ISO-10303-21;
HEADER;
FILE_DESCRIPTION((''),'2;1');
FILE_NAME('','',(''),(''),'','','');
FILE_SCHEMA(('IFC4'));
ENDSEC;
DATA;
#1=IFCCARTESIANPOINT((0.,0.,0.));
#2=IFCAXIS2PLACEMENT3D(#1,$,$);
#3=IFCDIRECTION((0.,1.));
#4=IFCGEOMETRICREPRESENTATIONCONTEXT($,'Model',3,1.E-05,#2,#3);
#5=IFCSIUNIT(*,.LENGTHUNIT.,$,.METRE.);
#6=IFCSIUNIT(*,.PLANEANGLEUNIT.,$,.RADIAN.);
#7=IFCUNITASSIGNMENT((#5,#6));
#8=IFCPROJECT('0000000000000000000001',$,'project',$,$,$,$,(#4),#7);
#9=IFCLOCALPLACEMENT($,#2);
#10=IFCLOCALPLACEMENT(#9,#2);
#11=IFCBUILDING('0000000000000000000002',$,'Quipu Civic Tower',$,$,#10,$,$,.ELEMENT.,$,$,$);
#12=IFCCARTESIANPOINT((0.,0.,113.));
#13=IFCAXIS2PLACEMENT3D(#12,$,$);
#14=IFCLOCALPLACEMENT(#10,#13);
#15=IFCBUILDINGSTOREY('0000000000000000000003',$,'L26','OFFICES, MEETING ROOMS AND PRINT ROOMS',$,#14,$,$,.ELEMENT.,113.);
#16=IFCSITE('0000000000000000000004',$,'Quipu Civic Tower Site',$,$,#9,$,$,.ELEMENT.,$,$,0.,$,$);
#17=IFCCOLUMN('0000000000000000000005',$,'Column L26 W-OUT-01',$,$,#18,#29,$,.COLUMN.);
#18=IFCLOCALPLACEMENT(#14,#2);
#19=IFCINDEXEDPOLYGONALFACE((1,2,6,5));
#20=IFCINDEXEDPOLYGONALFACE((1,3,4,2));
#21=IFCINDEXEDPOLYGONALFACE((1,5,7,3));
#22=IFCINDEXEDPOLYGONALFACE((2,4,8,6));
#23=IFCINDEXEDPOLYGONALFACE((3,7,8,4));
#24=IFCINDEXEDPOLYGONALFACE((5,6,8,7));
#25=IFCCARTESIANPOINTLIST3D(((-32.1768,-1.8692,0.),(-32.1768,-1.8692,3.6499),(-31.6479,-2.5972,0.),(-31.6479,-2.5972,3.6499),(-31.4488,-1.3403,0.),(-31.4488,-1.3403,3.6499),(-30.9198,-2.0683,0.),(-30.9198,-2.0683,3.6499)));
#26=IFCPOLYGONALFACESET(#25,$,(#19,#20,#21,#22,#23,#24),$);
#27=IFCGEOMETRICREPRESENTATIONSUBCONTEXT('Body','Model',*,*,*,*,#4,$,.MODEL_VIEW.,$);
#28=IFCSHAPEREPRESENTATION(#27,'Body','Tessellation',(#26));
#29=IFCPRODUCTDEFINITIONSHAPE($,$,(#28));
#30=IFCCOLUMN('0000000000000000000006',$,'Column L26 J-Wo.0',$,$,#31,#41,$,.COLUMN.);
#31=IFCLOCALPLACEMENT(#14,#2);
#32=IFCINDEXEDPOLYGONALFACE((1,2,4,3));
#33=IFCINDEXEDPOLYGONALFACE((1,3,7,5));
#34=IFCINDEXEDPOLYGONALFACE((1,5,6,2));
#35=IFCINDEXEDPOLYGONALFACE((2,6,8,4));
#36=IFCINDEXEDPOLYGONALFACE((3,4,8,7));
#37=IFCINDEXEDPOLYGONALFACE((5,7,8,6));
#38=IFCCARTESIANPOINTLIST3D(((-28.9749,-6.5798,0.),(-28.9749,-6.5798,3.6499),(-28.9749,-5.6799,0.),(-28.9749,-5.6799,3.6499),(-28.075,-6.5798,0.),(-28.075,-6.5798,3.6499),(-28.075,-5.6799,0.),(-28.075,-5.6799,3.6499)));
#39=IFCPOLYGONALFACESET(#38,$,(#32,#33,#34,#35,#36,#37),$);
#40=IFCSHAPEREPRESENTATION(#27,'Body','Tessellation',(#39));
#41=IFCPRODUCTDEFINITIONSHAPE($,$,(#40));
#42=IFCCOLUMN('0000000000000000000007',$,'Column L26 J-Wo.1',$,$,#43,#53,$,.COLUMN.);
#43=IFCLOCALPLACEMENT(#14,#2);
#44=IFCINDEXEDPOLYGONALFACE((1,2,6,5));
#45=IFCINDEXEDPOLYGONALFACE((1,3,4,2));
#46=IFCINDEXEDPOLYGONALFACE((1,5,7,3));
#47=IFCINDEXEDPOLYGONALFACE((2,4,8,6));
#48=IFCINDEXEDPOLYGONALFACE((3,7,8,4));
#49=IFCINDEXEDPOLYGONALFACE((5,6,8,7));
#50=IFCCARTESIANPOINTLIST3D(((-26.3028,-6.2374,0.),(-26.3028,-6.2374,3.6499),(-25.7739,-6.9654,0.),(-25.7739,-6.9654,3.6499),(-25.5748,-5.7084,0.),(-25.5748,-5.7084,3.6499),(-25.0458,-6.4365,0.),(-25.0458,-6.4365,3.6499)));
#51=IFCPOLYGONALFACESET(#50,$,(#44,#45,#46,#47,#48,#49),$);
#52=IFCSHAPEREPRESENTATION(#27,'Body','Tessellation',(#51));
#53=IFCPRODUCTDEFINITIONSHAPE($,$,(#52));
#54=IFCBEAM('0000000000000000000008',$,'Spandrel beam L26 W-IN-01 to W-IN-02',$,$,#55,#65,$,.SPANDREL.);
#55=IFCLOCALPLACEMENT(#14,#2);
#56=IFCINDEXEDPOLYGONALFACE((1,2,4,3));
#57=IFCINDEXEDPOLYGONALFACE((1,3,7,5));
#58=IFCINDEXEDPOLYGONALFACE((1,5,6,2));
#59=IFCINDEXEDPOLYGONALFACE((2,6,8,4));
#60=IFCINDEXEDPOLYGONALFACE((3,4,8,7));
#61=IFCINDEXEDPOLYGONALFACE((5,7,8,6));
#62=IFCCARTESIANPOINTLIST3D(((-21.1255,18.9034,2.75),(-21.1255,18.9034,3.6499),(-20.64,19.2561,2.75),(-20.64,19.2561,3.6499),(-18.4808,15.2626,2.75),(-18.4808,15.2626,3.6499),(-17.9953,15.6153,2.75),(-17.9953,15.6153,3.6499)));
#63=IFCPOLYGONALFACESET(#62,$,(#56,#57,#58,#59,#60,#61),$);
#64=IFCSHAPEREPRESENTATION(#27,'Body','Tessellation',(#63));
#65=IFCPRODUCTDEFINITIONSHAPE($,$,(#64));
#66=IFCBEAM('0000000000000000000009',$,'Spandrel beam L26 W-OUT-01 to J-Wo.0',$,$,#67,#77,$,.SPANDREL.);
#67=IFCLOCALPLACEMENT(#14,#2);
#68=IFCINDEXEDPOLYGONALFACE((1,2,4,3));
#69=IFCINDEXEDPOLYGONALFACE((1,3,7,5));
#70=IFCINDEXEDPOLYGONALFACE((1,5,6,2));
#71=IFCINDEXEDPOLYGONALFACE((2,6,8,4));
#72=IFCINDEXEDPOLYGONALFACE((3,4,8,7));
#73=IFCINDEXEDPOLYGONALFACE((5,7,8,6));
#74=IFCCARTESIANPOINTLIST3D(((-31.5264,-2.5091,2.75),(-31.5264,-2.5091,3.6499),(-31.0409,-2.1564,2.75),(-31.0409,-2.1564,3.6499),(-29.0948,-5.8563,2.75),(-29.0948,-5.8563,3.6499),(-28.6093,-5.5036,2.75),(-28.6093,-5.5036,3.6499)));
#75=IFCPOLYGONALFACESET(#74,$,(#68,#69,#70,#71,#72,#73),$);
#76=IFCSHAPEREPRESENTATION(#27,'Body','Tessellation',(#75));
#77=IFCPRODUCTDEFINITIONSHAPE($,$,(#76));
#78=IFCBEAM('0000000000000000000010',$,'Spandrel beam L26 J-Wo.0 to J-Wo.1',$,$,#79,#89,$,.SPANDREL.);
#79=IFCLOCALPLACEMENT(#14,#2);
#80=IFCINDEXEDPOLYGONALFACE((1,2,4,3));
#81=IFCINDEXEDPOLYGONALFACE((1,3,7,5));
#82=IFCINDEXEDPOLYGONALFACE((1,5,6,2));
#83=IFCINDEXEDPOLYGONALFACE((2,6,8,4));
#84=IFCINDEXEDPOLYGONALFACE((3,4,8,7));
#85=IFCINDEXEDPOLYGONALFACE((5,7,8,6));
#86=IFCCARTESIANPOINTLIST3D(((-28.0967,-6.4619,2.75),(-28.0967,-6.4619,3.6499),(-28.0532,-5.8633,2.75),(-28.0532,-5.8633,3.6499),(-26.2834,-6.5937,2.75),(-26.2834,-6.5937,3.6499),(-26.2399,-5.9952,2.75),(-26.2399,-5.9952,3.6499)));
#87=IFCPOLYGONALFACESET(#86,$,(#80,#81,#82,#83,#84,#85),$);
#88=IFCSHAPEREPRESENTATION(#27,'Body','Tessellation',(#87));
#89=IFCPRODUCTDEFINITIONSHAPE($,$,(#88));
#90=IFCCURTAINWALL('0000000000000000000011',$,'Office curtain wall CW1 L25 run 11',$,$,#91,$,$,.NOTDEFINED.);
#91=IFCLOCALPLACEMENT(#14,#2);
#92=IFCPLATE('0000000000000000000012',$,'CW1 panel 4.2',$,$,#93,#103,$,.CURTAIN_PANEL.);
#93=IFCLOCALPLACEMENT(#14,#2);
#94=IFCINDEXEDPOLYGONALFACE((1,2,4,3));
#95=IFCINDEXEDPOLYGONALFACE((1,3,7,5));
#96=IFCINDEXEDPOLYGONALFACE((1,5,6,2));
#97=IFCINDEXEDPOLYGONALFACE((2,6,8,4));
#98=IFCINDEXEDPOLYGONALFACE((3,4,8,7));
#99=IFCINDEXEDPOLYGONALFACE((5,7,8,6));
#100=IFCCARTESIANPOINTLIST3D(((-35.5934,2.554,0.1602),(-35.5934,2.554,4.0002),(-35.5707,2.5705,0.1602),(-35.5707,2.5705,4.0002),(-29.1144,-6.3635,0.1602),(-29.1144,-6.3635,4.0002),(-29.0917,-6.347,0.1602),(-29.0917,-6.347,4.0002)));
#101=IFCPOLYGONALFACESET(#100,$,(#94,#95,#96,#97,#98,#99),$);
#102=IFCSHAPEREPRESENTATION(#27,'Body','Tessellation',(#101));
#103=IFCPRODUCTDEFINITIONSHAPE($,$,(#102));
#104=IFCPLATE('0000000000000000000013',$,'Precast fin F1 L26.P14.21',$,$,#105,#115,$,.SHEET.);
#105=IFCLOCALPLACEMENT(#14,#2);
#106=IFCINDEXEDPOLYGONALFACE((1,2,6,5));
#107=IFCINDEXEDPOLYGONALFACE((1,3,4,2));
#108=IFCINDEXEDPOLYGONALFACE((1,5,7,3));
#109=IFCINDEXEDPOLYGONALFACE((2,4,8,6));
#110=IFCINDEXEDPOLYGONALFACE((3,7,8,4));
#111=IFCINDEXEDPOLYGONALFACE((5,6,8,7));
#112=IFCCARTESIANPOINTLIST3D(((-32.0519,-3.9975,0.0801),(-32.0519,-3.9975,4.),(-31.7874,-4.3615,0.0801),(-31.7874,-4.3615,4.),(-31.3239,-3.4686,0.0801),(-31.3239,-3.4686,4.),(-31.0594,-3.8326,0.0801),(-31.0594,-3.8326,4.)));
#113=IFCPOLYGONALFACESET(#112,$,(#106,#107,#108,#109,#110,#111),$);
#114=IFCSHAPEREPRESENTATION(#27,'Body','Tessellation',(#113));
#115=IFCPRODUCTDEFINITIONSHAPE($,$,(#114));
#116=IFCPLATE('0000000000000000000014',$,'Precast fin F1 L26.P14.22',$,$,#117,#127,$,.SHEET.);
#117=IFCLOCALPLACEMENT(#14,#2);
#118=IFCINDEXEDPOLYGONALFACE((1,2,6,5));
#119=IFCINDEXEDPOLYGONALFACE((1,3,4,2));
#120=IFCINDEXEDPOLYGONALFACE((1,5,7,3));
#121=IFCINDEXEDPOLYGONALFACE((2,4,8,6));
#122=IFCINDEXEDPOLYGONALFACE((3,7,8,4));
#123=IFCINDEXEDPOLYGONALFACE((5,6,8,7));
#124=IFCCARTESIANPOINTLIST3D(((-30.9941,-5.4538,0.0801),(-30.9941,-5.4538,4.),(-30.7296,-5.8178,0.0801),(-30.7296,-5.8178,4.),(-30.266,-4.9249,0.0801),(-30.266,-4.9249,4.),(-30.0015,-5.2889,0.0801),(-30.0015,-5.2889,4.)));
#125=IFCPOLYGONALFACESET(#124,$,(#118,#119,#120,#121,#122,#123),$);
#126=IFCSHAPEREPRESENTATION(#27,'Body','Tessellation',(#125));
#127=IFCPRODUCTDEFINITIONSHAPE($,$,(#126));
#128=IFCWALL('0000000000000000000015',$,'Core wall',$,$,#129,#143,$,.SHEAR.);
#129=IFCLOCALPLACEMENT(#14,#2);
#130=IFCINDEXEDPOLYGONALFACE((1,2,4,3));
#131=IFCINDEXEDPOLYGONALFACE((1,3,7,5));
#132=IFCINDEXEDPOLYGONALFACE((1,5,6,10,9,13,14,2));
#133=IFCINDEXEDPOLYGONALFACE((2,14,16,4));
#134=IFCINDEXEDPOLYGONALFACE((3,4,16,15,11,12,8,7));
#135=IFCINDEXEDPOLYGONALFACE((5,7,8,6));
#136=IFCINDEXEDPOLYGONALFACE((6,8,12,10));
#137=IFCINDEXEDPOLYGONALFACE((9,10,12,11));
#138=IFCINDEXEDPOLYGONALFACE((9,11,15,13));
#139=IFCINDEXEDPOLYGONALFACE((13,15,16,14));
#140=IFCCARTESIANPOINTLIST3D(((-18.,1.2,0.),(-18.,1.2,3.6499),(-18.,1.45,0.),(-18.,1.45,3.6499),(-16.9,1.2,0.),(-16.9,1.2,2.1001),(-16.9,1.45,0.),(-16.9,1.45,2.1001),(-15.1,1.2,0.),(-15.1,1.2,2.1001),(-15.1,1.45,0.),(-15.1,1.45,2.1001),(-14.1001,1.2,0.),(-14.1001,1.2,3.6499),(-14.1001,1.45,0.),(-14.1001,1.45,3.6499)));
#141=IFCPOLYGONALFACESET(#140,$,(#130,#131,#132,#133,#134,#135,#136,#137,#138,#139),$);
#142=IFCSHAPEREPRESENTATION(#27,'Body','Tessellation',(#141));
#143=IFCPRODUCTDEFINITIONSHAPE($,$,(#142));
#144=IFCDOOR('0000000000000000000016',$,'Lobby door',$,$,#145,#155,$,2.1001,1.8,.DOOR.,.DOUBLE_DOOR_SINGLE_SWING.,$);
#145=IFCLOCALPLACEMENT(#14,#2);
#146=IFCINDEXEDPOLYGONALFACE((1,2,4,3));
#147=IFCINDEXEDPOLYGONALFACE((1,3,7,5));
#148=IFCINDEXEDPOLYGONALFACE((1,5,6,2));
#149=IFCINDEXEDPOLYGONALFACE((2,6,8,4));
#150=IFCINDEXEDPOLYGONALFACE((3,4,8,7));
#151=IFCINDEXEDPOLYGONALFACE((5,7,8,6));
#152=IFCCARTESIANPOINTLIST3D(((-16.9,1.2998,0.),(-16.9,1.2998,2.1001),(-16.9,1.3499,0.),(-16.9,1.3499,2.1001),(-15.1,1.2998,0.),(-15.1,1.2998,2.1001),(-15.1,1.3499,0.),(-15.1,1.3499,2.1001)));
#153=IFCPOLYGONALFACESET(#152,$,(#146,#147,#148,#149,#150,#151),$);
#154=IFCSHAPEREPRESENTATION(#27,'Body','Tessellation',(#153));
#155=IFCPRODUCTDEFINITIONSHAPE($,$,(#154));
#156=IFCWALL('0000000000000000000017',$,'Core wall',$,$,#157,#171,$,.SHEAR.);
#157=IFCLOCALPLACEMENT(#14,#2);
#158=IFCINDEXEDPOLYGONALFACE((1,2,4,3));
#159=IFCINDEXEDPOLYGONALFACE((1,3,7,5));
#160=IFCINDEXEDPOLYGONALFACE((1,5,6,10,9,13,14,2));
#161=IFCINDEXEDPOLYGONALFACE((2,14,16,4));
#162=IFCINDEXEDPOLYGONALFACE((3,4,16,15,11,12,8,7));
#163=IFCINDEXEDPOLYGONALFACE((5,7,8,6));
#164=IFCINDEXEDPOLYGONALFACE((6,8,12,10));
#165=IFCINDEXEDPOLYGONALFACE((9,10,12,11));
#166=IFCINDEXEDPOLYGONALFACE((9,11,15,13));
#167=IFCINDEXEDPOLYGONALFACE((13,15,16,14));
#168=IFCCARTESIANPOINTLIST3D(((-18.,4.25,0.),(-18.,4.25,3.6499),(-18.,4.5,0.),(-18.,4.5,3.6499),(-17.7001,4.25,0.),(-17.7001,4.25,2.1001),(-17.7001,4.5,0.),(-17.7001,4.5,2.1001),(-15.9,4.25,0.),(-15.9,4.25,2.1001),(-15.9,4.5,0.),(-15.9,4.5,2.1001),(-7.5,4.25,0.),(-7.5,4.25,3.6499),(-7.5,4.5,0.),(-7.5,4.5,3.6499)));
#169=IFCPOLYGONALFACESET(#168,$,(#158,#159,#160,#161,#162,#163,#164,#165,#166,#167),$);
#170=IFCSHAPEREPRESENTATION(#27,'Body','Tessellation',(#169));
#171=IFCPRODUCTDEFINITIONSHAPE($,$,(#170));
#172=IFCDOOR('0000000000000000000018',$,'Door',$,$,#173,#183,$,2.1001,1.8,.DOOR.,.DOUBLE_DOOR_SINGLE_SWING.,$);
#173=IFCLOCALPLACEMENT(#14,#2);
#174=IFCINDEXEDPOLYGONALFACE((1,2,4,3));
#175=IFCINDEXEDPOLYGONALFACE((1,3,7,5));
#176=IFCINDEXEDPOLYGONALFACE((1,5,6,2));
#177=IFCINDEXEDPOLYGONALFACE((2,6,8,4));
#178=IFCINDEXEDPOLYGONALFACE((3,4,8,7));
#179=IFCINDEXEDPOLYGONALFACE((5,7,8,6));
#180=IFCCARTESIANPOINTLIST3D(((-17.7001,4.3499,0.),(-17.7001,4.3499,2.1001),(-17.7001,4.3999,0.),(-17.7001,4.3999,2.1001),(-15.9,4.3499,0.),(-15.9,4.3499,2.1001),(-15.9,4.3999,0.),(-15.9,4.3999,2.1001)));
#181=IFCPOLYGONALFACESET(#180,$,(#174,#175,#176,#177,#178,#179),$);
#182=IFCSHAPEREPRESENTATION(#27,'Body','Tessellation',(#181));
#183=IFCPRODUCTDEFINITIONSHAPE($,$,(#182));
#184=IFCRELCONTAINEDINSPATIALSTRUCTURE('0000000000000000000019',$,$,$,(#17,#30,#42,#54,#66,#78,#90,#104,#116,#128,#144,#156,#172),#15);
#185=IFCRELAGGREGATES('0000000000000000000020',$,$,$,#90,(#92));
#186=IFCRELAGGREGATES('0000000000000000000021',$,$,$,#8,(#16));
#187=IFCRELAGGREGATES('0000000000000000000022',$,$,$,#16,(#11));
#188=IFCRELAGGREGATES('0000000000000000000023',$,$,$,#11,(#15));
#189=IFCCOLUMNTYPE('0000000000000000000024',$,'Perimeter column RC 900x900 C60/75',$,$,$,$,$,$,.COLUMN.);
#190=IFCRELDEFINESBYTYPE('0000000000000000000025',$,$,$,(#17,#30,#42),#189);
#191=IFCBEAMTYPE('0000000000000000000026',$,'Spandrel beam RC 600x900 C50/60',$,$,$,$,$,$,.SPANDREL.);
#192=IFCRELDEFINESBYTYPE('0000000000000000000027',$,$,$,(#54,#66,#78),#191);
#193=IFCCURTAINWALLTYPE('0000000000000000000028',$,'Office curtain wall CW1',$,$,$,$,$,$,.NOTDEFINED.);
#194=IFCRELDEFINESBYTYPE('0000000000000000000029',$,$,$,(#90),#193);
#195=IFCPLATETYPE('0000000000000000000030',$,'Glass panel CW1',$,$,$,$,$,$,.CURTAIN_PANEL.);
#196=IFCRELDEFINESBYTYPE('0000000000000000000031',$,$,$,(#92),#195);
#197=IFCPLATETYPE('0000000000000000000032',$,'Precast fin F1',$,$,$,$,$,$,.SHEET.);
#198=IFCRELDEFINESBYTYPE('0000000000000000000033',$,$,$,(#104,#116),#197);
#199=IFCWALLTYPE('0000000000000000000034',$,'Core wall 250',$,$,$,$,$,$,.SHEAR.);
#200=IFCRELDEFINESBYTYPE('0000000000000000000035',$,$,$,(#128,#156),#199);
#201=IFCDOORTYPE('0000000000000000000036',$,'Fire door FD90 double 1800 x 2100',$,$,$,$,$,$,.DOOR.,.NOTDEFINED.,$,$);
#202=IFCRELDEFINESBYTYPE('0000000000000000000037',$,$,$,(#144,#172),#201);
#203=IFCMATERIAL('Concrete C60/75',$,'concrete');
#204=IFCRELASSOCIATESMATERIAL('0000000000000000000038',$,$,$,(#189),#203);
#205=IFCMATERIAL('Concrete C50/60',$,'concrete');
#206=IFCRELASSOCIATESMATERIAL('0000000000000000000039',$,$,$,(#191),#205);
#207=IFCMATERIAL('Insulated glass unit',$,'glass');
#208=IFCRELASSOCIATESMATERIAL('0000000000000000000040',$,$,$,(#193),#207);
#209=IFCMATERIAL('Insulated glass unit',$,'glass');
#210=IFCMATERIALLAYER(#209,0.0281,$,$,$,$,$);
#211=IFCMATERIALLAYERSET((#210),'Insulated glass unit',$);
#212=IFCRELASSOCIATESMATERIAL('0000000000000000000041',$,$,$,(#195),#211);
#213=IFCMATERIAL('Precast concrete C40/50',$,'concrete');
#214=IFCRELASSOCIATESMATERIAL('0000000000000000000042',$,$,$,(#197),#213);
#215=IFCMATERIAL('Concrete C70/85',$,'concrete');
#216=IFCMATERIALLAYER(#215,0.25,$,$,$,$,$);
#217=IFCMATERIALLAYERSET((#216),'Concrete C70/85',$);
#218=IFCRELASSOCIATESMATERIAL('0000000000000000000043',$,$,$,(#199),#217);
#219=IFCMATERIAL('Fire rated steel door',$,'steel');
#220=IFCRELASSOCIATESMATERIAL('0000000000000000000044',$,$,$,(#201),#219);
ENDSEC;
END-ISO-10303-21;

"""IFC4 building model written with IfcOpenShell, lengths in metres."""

from ifc_helpers import new_model, si_unit, direction, frame, frame_2d, origin, origin_2d, place, context, subcontext, project, spatial, rectangle, extrude, material, layer, layer_set, material_profile, profile_set, type_object, element, fill, aggregate, save


model = new_model("IFC4")

# Units and contexts
model_context = context("Model", 3, precision=1e-05, world=origin(), true_north=direction((0.0, 1.0)))
body_context = subcontext(model_context, "Body", "Model", "MODEL_VIEW")
ifc_project = project(units=[si_unit("LENGTHUNIT", "METRE"), si_unit("PLANEANGLEUNIT", "RADIAN")], contexts=[model_context])

# Site, building, storey
site_placement = place(None, origin())
site = spatial("IfcSite", under=ifc_project, at=site_placement, Name="Quipu Civic Tower Site", CompositionType="ELEMENT", RefElevation=0.0)
building_placement = place(site_placement, origin())
building = spatial("IfcBuilding", under=site, at=building_placement, Name="Quipu Civic Tower", CompositionType="ELEMENT")
storey_placement = place(building_placement, frame((0.0, 0.0, 113.0)))
storey = spatial("IfcBuildingStorey", under=building, at=storey_placement, Name="L26", Description="OFFICES, MEETING ROOMS AND PRINT ROOMS", CompositionType="ELEMENT", Elevation=113.0)

# Columns
ifc_material_1 = material(Name="Concrete C60/75", Category="concrete")
ifc_material_profile_1 = material_profile(ifc_material_1, rectangle(XDim=0.8999, YDim=0.8999, at=origin_2d()), Name="RC900x900")
ifc_profile_set_1 = profile_set([ifc_material_profile_1], Name="Concrete C60/75")
column_type = type_object("IfcColumnType", Name="Perimeter column RC 900x900 C60/75", PredefinedType="COLUMN", material=ifc_profile_set_1)
for number, where, z_axis, x_axis, name in (
    (1, (-31.5483, -1.9688, 0.0), (0.0, 0.0, 1.0), (0.587785, -0.809017, 0.0), "Column L26 W-OUT-01"),
    (2, (-28.5249, -6.1299, 0.0), (0.0, 0.0, 1.0), (1.0, 0.0, 0.0), "Column L26 J-Wo.0"),
    (3, (-25.6743, -6.3369, 0.0), (0.0, 0.0, 1.0), (0.587785, -0.809017, 0.0), "Column L26 J-Wo.1"),
):
    element("IfcColumn", number, at=place(storey_placement, frame(where, z_axis=z_axis, x_axis=x_axis)), inside=storey, type_object=column_type, Name=name, PredefinedType="COLUMN", context=body_context, shape_type="SweptSolid", body=[
        extrude(rectangle(XDim=0.8999, YDim=0.8999, at=origin_2d()), origin(), (0.0, 0.0, 1.0), 3.6499),
    ])

# Beams
ifc_material_2 = material(Name="Concrete C50/60", Category="concrete")
ifc_material_profile_2 = material_profile(ifc_material_2, rectangle(XDim=0.6001, YDim=0.8999, at=origin_2d()), Name="RC600x900")
ifc_profile_set_2 = profile_set([ifc_material_profile_2], Name="Concrete C50/60")
beam_type = type_object("IfcBeamType", Name="Spandrel beam RC 600x900 C50/60", PredefinedType="SPANDREL", material=ifc_profile_set_2)
beam_1_placement = place(storey_placement, frame((-18.238, 15.439, 3.2), z_axis=(-0.587717, 0.809067, 0.0), x_axis=(-0.809067, -0.587717, 0.0)))
element("IfcBeam", 4, at=beam_1_placement, inside=storey, type_object=beam_type, Name="Spandrel beam L26 W-IN-01 to W-IN-02", PredefinedType="SPANDREL", context=body_context, shape_type="SweptSolid", body=[
    extrude(rectangle(XDim=0.6001, YDim=0.8999, at=origin_2d()), origin(), (0.0, 0.0, 1.0), 4.5),
])
beam_2_placement = place(storey_placement, frame((-31.2837, -2.3328, 3.2), z_axis=(0.587751, -0.809042, 0.0), x_axis=(0.809042, 0.587751, 0.0)))
element("IfcBeam", 5, at=beam_2_placement, inside=storey, type_object=beam_type, Name="Spandrel beam L26 W-OUT-01 to J-Wo.0", PredefinedType="SPANDREL", context=body_context, shape_type="SweptSolid", body=[
    extrude(rectangle(XDim=0.6001, YDim=0.8999, at=origin_2d()), origin(), (0.0, 0.0, 1.0), 4.1372),
])
beam_3_placement = place(storey_placement, frame((-28.075, -6.1626, 3.2), z_axis=(0.997367, -0.072516, 0.0), x_axis=(0.072516, 0.997367, 0.0)))
element("IfcBeam", 6, at=beam_3_placement, inside=storey, type_object=beam_type, Name="Spandrel beam L26 J-Wo.0 to J-Wo.1", PredefinedType="SPANDREL", context=body_context, shape_type="SweptSolid", body=[
    extrude(rectangle(XDim=0.6001, YDim=0.8999, at=origin_2d()), origin(), (0.0, 0.0, 1.0), 1.8181),
])

# Curtain wall, plate
ifc_material_3 = material(Name="Insulated glass unit", Category="glass")
curtain_wall_type = type_object("IfcCurtainWallType", Name="Office curtain wall CW1", PredefinedType="NOTDEFINED", material=ifc_material_3)
curtain_wall_placement = place(storey_placement, origin())
curtain_wall = element("IfcCurtainWall", 7, at=curtain_wall_placement, inside=storey, type_object=curtain_wall_type, Name="Office curtain wall CW1 L25 run 11", PredefinedType="NOTDEFINED")
ifc_material_4 = material(Name="Insulated glass unit", Category="glass")
ifc_layer_1 = layer(ifc_material_4, 0.0281)
ifc_layer_set_1 = layer_set([ifc_layer_1], Name="Insulated glass unit")
plate_type_1 = type_object("IfcPlateType", Name="Glass panel CW1", PredefinedType="CURTAIN_PANEL", material=ifc_layer_set_1)
plate_placement = place(storey_placement, frame((-32.3425, -1.8965, 0.1602), z_axis=(0.0, 0.0, 1.0), x_axis=(0.587786, -0.809017, 0.0)))
plate = element("IfcPlate", 8, at=plate_placement, type_object=plate_type_1, Name="CW1 panel 4.2", PredefinedType="CURTAIN_PANEL", context=body_context, shape_type="SweptSolid", body=[
    extrude(rectangle(XDim=11.0227, YDim=0.0281, at=origin_2d()), origin(), (0.0, 0.0, 1.0), 3.8401),
])
aggregate(curtain_wall, [plate])

# Plates
ifc_material_5 = material(Name="Precast concrete C40/50", Category="concrete")
plate_type_2 = type_object("IfcPlateType", Name="Precast fin F1", PredefinedType="SHEET", material=ifc_material_5)
for number, where, z_axis, x_axis, name in (
    (9, (-31.5557, -3.915, 0.0801), (0.0, 0.0, 1.0), (0.587786, -0.809017, 0.0), "Precast fin F1 L26.P14.21"),
    (10, (-30.4978, -5.3713, 0.0801), (0.0, 0.0, 1.0), (0.587786, -0.809017, 0.0), "Precast fin F1 L26.P14.22"),
):
    element("IfcPlate", number, at=place(storey_placement, frame(where, z_axis=z_axis, x_axis=x_axis)), inside=storey, type_object=plate_type_2, Name=name, PredefinedType="SHEET", context=body_context, shape_type="SweptSolid", body=[
        extrude(rectangle(XDim=0.45, YDim=0.8999, at=origin_2d()), origin(), (0.0, 0.0, 1.0), 3.9199),
    ])

# Walls, openings, doors
ifc_material_6 = material(Name="Concrete C70/85", Category="concrete")
ifc_layer_2 = layer(ifc_material_6, 0.25)
ifc_layer_set_2 = layer_set([ifc_layer_2], Name="Concrete C70/85")
wall_type_1 = type_object("IfcWallType", Name="Core wall 250", PredefinedType="SHEAR", material=ifc_layer_set_2)
wall_1_placement = place(storey_placement, frame((-18.0, 1.325, 0.0), z_axis=(0.0, 0.0, 1.0), x_axis=(1.0, 0.0, 0.0)))
wall_1 = element("IfcWall", 11, at=wall_1_placement, inside=storey, type_object=wall_type_1, Name="Core wall", PredefinedType="SHEAR", context=body_context, shape_type="SweptSolid", body=[
    extrude(rectangle(XDim=3.8999, YDim=0.25, at=frame_2d((1.95, 0.0))), origin(), (0.0, 0.0, 1.0), 3.6499),
])
opening_1_placement = place(wall_1_placement, frame((1.1001, 0.0, 0.0)))
opening_1 = element("IfcOpeningElement", 12, at=opening_1_placement, cuts=wall_1, PredefinedType="OPENING", context=body_context, shape_type="SweptSolid", body=[
    extrude(rectangle(XDim=1.8, YDim=2.1001, at=frame_2d((0.8999, 1.05))), frame((0.0, 0.135, 0.0), z_axis=(0.0, -1.0, 0.0), x_axis=(1.0, 0.0, 0.0)), (0.0, 0.0, 1.0), 0.27),
])
ifc_material_7 = material(Name="Fire rated steel door", Category="steel")
door_type_1 = type_object("IfcDoorType", Name="Fire door FD90 double 1800 x 2100", OperationType="NOTDEFINED", PredefinedType="DOOR", material=ifc_material_7)
door_1_placement = place(opening_1_placement, origin())
door_1 = element("IfcDoor", 13, at=door_1_placement, inside=storey, type_object=door_type_1, Name="Lobby door", OperationType="DOUBLE_DOOR_SINGLE_SWING", OverallHeight=2.1001, OverallWidth=1.8, PredefinedType="DOOR", context=body_context, shape_type="SweptSolid", body=[
    extrude(rectangle(XDim=1.8, YDim=2.1001, at=frame_2d((0.8999, 1.05))), frame((0.0, 0.0249, 0.0), z_axis=(0.0, -1.0, 0.0), x_axis=(1.0, 0.0, 0.0)), (0.0, 0.0, 1.0), 0.05),
])
fill(opening_1, door_1)
wall_2_placement = place(storey_placement, frame((-18.0, 4.375, 0.0), z_axis=(0.0, 0.0, 1.0), x_axis=(1.0, 0.0, 0.0)))
wall_2 = element("IfcWall", 14, at=wall_2_placement, inside=storey, type_object=wall_type_1, Name="Core wall", PredefinedType="SHEAR", context=body_context, shape_type="SweptSolid", body=[
    extrude(rectangle(XDim=10.5, YDim=0.25, at=frame_2d((5.25, 0.0))), origin(), (0.0, 0.0, 1.0), 3.6499),
])
opening_2_placement = place(wall_2_placement, frame((0.3, 0.0, 0.0)))
opening_2 = element("IfcOpeningElement", 15, at=opening_2_placement, cuts=wall_2, PredefinedType="OPENING", context=body_context, shape_type="SweptSolid", body=[
    extrude(rectangle(XDim=1.8, YDim=2.1001, at=frame_2d((0.8999, 1.05))), frame((0.0, 0.135, 0.0), z_axis=(0.0, -1.0, 0.0), x_axis=(1.0, 0.0, 0.0)), (0.0, 0.0, 1.0), 0.27),
])
door_2_placement = place(opening_2_placement, origin())
door_2 = element("IfcDoor", 16, at=door_2_placement, inside=storey, type_object=door_type_1, Name="Door", OperationType="DOUBLE_DOOR_SINGLE_SWING", OverallHeight=2.1001, OverallWidth=1.8, PredefinedType="DOOR", context=body_context, shape_type="SweptSolid", body=[
    extrude(rectangle(XDim=1.8, YDim=2.1001, at=frame_2d((0.8999, 1.05))), frame((0.0, 0.0249, 0.0), z_axis=(0.0, -1.0, 0.0), x_axis=(1.0, 0.0, 0.0)), (0.0, 0.0, 1.0), 0.05),
])
fill(opening_2, door_2)

save(model, "model.ifc")
